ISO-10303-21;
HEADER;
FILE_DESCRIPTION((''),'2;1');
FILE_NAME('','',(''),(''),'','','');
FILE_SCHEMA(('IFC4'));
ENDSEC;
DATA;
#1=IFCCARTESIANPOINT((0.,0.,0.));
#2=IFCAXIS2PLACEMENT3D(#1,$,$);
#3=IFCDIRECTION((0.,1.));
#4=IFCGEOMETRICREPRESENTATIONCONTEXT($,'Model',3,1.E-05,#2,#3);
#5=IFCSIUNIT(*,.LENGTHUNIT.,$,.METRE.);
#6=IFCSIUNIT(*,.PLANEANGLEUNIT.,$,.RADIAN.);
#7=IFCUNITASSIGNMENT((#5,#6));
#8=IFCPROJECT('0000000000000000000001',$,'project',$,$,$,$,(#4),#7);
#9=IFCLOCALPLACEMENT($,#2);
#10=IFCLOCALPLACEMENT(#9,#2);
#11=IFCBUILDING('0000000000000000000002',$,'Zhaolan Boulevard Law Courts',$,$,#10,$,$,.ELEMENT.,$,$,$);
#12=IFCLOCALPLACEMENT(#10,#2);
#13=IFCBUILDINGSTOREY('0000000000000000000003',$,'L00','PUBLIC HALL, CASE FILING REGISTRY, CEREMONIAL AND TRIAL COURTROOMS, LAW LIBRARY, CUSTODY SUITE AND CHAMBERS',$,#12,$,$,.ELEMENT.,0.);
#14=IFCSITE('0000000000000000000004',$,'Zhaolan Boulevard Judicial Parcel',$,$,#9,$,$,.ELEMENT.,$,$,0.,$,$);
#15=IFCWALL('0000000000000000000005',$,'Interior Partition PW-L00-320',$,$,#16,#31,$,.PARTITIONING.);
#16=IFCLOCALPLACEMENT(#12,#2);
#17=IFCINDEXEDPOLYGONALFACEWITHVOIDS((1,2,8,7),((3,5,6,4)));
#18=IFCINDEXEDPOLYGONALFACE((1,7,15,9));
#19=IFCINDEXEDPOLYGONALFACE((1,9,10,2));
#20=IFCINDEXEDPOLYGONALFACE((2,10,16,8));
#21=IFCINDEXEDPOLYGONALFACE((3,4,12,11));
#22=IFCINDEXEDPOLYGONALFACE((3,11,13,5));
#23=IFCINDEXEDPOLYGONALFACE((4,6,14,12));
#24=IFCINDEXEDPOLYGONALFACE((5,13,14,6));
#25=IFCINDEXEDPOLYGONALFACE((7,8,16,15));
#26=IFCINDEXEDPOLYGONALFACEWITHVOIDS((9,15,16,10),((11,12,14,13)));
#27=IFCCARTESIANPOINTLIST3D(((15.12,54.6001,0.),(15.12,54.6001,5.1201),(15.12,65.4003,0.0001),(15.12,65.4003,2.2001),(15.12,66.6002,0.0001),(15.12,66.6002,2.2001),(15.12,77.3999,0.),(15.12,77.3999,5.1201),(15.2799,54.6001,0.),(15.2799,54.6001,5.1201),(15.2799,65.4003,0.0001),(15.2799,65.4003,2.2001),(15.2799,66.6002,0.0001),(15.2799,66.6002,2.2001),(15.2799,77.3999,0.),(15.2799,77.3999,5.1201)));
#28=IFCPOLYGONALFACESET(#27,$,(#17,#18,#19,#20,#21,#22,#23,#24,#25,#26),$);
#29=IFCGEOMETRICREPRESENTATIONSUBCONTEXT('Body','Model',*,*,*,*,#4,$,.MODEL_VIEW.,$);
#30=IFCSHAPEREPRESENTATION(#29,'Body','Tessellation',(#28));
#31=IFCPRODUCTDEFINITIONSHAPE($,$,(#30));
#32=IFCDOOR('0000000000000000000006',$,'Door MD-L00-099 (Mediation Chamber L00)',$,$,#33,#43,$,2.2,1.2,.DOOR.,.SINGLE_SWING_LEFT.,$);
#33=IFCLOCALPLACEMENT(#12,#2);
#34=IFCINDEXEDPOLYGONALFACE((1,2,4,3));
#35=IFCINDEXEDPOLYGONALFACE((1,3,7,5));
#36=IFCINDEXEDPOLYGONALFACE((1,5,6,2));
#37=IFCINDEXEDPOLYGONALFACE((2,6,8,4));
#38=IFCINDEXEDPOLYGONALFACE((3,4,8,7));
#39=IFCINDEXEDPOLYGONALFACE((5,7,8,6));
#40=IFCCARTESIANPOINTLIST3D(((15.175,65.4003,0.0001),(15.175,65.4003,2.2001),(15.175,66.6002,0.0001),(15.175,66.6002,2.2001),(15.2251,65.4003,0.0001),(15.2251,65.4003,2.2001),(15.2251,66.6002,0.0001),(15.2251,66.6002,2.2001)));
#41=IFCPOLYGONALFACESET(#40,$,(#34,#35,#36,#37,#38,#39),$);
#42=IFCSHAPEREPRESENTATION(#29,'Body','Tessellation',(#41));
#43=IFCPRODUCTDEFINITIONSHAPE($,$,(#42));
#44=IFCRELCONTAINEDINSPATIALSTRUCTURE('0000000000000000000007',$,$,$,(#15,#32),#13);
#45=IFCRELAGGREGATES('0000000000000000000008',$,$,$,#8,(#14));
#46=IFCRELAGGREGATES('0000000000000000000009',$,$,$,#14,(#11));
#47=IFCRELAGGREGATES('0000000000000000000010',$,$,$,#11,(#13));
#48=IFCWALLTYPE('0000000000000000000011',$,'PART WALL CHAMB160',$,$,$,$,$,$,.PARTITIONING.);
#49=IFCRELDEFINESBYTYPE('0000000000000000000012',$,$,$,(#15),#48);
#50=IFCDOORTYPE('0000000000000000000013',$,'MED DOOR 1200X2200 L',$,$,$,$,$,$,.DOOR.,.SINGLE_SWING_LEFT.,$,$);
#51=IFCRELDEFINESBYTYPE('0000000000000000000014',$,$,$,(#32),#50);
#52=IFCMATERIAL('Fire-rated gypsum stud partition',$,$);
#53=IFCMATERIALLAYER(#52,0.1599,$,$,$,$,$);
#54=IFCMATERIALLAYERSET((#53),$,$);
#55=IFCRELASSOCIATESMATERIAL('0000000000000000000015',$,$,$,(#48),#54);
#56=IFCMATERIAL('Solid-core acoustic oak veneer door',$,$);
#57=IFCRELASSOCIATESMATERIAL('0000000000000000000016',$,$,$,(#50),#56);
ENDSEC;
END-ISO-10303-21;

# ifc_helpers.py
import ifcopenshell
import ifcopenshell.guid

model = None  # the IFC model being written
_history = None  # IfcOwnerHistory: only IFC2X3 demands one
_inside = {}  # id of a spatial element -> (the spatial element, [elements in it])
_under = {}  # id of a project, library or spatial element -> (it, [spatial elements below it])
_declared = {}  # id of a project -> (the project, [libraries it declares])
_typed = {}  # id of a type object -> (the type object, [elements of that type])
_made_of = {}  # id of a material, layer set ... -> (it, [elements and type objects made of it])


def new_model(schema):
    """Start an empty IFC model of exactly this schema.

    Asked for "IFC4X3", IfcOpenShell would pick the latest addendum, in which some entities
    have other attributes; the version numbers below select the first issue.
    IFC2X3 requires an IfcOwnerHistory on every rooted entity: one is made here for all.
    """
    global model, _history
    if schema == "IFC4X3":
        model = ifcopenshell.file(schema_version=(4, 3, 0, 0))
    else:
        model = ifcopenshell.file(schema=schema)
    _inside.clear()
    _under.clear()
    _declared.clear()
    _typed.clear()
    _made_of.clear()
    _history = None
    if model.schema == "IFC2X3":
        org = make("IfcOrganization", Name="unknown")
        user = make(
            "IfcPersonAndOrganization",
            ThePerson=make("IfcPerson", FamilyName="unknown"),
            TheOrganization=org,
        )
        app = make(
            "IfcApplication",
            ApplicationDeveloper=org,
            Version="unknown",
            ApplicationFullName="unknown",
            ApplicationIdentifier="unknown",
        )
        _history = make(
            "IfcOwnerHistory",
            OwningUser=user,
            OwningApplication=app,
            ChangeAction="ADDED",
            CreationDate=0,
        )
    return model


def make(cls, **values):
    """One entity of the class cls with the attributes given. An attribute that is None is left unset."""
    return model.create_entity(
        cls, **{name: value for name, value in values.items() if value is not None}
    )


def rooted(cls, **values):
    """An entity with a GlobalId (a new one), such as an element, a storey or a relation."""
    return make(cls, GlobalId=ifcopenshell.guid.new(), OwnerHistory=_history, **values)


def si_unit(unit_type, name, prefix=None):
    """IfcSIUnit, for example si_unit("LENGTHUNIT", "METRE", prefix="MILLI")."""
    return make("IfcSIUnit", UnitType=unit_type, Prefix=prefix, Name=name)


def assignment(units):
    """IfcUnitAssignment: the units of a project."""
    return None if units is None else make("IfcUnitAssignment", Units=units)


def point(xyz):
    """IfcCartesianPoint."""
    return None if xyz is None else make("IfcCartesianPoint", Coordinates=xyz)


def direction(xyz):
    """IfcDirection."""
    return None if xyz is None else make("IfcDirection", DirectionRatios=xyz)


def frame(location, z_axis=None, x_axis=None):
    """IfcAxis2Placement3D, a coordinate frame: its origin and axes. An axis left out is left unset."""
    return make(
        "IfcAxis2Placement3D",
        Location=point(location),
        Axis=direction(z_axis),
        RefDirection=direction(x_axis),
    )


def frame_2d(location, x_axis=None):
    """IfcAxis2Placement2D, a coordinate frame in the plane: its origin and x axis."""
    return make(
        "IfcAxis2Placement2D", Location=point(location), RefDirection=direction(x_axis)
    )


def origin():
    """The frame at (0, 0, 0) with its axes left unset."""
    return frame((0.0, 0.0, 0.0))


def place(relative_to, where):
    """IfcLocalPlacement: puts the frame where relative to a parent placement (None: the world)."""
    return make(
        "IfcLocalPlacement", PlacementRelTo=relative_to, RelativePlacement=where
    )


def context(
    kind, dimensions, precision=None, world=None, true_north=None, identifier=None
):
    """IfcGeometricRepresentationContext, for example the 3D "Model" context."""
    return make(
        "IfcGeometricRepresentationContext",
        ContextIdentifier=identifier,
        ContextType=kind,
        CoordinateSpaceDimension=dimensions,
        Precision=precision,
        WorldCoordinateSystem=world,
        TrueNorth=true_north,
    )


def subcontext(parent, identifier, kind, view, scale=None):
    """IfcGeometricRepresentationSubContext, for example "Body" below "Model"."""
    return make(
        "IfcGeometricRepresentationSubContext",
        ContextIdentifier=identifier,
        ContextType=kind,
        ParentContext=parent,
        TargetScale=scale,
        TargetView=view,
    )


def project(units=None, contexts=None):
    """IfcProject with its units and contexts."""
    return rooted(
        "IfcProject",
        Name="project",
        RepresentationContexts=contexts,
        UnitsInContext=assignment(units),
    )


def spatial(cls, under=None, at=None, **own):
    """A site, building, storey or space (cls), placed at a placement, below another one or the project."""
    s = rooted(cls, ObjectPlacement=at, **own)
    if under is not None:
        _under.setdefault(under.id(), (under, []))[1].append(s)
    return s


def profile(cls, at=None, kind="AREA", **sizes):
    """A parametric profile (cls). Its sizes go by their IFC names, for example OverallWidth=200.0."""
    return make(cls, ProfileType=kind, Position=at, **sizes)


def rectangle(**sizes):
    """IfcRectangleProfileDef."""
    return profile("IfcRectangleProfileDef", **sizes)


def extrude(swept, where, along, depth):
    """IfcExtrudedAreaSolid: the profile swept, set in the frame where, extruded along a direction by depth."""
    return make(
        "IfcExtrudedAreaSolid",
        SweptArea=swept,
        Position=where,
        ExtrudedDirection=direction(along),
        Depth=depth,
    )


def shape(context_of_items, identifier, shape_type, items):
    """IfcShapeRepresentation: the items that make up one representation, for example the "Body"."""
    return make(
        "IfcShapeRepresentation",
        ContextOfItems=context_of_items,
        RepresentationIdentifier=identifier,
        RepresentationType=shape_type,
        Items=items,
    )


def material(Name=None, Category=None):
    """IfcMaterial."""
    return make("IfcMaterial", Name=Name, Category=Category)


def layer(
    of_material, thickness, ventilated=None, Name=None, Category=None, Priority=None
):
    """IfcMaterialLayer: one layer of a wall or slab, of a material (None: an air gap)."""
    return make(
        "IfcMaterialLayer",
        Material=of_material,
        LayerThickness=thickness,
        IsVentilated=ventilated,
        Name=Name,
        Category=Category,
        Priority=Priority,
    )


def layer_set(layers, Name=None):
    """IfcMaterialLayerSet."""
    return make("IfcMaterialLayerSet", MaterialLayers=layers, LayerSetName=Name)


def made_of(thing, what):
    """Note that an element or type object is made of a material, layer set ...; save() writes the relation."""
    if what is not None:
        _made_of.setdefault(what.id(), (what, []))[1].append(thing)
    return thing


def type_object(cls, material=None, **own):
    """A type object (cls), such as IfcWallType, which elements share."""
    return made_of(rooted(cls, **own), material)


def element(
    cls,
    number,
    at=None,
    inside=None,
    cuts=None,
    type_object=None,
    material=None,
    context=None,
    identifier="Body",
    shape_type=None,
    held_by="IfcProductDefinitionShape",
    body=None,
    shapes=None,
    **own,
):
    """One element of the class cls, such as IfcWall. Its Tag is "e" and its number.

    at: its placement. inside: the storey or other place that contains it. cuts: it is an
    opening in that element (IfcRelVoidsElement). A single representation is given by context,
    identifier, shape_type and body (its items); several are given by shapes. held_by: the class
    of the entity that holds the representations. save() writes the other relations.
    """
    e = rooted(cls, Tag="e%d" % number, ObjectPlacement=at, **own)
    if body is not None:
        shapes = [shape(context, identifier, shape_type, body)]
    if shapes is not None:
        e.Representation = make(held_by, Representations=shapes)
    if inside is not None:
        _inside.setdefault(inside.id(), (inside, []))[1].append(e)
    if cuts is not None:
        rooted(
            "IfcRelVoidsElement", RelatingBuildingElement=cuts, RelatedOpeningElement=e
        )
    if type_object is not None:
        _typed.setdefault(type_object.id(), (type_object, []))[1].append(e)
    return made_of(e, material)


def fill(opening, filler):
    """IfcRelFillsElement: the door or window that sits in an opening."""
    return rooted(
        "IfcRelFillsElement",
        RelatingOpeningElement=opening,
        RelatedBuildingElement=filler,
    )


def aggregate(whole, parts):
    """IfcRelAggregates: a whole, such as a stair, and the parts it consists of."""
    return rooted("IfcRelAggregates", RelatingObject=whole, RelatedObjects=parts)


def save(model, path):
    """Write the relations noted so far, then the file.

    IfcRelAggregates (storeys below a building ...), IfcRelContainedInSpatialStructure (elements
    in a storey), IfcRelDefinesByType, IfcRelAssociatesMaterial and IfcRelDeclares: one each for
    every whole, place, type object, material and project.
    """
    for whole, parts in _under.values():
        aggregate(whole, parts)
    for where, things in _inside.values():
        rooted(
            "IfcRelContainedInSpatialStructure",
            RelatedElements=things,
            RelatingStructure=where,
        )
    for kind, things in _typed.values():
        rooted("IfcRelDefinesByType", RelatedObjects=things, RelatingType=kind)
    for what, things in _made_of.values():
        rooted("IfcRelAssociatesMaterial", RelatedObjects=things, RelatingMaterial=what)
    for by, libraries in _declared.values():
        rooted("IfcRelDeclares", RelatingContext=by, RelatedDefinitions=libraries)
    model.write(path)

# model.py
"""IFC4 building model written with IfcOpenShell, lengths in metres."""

from ifc_helpers import new_model, si_unit, direction, frame, frame_2d, origin, place, context, subcontext, project, spatial, rectangle, extrude, material, layer, layer_set, type_object, element, fill, save


model = new_model("IFC4")

# Units and contexts
model_context = context("Model", 3, precision=1e-05, world=origin(), true_north=direction((0.0, 1.0)))
body_context = subcontext(model_context, "Body", "Model", "MODEL_VIEW")
ifc_project = project(units=[si_unit("LENGTHUNIT", "METRE"), si_unit("PLANEANGLEUNIT", "RADIAN")], contexts=[model_context])

# Site, building, storey
site_placement = place(None, origin())
site = spatial("IfcSite", under=ifc_project, at=site_placement, Name="Zhaolan Boulevard Judicial Parcel", CompositionType="ELEMENT", RefElevation=0.0)
building_placement = place(site_placement, origin())
building = spatial("IfcBuilding", under=site, at=building_placement, Name="Zhaolan Boulevard Law Courts", CompositionType="ELEMENT")
storey_placement = place(building_placement, origin())
storey = spatial("IfcBuildingStorey", under=building, at=storey_placement, Name="L00", Description="PUBLIC HALL, CASE FILING REGISTRY, CEREMONIAL AND TRIAL COURTROOMS, LAW LIBRARY, CUSTODY SUITE AND CHAMBERS", CompositionType="ELEMENT", Elevation=0.0)

# Wall, opening, door
ifc_material_1 = material(Name="Fire-rated gypsum stud partition")
ifc_layer_1 = layer(ifc_material_1, 0.1599)
ifc_layer_set_1 = layer_set([ifc_layer_1])
wall_type_1 = type_object("IfcWallType", Name="PART WALL CHAMB160", PredefinedType="PARTITIONING", material=ifc_layer_set_1)
wall_1_placement = place(storey_placement, frame((15.2, 54.6001, 0.0), z_axis=(0.0, 0.0, 1.0), x_axis=(0.0, 1.0, 0.0)))
wall_1 = element("IfcWall", 1, at=wall_1_placement, inside=storey, type_object=wall_type_1, Name="Interior Partition PW-L00-320", PredefinedType="PARTITIONING", context=body_context, shape_type="SweptSolid", body=[
    extrude(rectangle(XDim=22.7998, YDim=0.1599, at=frame_2d((11.3999, 0.0))), origin(), (0.0, 0.0, 1.0), 5.1201),
])
opening_1_placement = place(wall_1_placement, frame((10.8, 0.0, 0.0)))
opening_1 = element("IfcOpeningElement", 2, at=opening_1_placement, cuts=wall_1, PredefinedType="OPENING", context=body_context, shape_type="SweptSolid", body=[
    extrude(rectangle(XDim=1.2, YDim=2.2, at=frame_2d((0.6001, 1.1001))), frame((0.0, 0.0898, 0.0), z_axis=(0.0, -1.0, 0.0), x_axis=(1.0, 0.0, 0.0)), (0.0, 0.0, 1.0), 0.1799),
])
ifc_material_2 = material(Name="Solid-core acoustic oak veneer door")
door_type_1 = type_object("IfcDoorType", Name="MED DOOR 1200X2200 L", OperationType="SINGLE_SWING_LEFT", PredefinedType="DOOR", material=ifc_material_2)
door_1_placement = place(opening_1_placement, origin())
door_1 = element("IfcDoor", 3, at=door_1_placement, inside=storey, type_object=door_type_1, Name="Door MD-L00-099 (Mediation Chamber L00)", OperationType="SINGLE_SWING_LEFT", OverallHeight=2.2, OverallWidth=1.2, PredefinedType="DOOR", context=body_context, shape_type="SweptSolid", body=[
    extrude(rectangle(XDim=1.2, YDim=2.2, at=frame_2d((0.6001, 1.1001))), frame((0.0, 0.0249, 0.0), z_axis=(0.0, -1.0, 0.0), x_axis=(1.0, 0.0, 0.0)), (0.0, 0.0, 1.0), 0.05),
])
fill(opening_1, door_1)

save(model, "model.ifc")
